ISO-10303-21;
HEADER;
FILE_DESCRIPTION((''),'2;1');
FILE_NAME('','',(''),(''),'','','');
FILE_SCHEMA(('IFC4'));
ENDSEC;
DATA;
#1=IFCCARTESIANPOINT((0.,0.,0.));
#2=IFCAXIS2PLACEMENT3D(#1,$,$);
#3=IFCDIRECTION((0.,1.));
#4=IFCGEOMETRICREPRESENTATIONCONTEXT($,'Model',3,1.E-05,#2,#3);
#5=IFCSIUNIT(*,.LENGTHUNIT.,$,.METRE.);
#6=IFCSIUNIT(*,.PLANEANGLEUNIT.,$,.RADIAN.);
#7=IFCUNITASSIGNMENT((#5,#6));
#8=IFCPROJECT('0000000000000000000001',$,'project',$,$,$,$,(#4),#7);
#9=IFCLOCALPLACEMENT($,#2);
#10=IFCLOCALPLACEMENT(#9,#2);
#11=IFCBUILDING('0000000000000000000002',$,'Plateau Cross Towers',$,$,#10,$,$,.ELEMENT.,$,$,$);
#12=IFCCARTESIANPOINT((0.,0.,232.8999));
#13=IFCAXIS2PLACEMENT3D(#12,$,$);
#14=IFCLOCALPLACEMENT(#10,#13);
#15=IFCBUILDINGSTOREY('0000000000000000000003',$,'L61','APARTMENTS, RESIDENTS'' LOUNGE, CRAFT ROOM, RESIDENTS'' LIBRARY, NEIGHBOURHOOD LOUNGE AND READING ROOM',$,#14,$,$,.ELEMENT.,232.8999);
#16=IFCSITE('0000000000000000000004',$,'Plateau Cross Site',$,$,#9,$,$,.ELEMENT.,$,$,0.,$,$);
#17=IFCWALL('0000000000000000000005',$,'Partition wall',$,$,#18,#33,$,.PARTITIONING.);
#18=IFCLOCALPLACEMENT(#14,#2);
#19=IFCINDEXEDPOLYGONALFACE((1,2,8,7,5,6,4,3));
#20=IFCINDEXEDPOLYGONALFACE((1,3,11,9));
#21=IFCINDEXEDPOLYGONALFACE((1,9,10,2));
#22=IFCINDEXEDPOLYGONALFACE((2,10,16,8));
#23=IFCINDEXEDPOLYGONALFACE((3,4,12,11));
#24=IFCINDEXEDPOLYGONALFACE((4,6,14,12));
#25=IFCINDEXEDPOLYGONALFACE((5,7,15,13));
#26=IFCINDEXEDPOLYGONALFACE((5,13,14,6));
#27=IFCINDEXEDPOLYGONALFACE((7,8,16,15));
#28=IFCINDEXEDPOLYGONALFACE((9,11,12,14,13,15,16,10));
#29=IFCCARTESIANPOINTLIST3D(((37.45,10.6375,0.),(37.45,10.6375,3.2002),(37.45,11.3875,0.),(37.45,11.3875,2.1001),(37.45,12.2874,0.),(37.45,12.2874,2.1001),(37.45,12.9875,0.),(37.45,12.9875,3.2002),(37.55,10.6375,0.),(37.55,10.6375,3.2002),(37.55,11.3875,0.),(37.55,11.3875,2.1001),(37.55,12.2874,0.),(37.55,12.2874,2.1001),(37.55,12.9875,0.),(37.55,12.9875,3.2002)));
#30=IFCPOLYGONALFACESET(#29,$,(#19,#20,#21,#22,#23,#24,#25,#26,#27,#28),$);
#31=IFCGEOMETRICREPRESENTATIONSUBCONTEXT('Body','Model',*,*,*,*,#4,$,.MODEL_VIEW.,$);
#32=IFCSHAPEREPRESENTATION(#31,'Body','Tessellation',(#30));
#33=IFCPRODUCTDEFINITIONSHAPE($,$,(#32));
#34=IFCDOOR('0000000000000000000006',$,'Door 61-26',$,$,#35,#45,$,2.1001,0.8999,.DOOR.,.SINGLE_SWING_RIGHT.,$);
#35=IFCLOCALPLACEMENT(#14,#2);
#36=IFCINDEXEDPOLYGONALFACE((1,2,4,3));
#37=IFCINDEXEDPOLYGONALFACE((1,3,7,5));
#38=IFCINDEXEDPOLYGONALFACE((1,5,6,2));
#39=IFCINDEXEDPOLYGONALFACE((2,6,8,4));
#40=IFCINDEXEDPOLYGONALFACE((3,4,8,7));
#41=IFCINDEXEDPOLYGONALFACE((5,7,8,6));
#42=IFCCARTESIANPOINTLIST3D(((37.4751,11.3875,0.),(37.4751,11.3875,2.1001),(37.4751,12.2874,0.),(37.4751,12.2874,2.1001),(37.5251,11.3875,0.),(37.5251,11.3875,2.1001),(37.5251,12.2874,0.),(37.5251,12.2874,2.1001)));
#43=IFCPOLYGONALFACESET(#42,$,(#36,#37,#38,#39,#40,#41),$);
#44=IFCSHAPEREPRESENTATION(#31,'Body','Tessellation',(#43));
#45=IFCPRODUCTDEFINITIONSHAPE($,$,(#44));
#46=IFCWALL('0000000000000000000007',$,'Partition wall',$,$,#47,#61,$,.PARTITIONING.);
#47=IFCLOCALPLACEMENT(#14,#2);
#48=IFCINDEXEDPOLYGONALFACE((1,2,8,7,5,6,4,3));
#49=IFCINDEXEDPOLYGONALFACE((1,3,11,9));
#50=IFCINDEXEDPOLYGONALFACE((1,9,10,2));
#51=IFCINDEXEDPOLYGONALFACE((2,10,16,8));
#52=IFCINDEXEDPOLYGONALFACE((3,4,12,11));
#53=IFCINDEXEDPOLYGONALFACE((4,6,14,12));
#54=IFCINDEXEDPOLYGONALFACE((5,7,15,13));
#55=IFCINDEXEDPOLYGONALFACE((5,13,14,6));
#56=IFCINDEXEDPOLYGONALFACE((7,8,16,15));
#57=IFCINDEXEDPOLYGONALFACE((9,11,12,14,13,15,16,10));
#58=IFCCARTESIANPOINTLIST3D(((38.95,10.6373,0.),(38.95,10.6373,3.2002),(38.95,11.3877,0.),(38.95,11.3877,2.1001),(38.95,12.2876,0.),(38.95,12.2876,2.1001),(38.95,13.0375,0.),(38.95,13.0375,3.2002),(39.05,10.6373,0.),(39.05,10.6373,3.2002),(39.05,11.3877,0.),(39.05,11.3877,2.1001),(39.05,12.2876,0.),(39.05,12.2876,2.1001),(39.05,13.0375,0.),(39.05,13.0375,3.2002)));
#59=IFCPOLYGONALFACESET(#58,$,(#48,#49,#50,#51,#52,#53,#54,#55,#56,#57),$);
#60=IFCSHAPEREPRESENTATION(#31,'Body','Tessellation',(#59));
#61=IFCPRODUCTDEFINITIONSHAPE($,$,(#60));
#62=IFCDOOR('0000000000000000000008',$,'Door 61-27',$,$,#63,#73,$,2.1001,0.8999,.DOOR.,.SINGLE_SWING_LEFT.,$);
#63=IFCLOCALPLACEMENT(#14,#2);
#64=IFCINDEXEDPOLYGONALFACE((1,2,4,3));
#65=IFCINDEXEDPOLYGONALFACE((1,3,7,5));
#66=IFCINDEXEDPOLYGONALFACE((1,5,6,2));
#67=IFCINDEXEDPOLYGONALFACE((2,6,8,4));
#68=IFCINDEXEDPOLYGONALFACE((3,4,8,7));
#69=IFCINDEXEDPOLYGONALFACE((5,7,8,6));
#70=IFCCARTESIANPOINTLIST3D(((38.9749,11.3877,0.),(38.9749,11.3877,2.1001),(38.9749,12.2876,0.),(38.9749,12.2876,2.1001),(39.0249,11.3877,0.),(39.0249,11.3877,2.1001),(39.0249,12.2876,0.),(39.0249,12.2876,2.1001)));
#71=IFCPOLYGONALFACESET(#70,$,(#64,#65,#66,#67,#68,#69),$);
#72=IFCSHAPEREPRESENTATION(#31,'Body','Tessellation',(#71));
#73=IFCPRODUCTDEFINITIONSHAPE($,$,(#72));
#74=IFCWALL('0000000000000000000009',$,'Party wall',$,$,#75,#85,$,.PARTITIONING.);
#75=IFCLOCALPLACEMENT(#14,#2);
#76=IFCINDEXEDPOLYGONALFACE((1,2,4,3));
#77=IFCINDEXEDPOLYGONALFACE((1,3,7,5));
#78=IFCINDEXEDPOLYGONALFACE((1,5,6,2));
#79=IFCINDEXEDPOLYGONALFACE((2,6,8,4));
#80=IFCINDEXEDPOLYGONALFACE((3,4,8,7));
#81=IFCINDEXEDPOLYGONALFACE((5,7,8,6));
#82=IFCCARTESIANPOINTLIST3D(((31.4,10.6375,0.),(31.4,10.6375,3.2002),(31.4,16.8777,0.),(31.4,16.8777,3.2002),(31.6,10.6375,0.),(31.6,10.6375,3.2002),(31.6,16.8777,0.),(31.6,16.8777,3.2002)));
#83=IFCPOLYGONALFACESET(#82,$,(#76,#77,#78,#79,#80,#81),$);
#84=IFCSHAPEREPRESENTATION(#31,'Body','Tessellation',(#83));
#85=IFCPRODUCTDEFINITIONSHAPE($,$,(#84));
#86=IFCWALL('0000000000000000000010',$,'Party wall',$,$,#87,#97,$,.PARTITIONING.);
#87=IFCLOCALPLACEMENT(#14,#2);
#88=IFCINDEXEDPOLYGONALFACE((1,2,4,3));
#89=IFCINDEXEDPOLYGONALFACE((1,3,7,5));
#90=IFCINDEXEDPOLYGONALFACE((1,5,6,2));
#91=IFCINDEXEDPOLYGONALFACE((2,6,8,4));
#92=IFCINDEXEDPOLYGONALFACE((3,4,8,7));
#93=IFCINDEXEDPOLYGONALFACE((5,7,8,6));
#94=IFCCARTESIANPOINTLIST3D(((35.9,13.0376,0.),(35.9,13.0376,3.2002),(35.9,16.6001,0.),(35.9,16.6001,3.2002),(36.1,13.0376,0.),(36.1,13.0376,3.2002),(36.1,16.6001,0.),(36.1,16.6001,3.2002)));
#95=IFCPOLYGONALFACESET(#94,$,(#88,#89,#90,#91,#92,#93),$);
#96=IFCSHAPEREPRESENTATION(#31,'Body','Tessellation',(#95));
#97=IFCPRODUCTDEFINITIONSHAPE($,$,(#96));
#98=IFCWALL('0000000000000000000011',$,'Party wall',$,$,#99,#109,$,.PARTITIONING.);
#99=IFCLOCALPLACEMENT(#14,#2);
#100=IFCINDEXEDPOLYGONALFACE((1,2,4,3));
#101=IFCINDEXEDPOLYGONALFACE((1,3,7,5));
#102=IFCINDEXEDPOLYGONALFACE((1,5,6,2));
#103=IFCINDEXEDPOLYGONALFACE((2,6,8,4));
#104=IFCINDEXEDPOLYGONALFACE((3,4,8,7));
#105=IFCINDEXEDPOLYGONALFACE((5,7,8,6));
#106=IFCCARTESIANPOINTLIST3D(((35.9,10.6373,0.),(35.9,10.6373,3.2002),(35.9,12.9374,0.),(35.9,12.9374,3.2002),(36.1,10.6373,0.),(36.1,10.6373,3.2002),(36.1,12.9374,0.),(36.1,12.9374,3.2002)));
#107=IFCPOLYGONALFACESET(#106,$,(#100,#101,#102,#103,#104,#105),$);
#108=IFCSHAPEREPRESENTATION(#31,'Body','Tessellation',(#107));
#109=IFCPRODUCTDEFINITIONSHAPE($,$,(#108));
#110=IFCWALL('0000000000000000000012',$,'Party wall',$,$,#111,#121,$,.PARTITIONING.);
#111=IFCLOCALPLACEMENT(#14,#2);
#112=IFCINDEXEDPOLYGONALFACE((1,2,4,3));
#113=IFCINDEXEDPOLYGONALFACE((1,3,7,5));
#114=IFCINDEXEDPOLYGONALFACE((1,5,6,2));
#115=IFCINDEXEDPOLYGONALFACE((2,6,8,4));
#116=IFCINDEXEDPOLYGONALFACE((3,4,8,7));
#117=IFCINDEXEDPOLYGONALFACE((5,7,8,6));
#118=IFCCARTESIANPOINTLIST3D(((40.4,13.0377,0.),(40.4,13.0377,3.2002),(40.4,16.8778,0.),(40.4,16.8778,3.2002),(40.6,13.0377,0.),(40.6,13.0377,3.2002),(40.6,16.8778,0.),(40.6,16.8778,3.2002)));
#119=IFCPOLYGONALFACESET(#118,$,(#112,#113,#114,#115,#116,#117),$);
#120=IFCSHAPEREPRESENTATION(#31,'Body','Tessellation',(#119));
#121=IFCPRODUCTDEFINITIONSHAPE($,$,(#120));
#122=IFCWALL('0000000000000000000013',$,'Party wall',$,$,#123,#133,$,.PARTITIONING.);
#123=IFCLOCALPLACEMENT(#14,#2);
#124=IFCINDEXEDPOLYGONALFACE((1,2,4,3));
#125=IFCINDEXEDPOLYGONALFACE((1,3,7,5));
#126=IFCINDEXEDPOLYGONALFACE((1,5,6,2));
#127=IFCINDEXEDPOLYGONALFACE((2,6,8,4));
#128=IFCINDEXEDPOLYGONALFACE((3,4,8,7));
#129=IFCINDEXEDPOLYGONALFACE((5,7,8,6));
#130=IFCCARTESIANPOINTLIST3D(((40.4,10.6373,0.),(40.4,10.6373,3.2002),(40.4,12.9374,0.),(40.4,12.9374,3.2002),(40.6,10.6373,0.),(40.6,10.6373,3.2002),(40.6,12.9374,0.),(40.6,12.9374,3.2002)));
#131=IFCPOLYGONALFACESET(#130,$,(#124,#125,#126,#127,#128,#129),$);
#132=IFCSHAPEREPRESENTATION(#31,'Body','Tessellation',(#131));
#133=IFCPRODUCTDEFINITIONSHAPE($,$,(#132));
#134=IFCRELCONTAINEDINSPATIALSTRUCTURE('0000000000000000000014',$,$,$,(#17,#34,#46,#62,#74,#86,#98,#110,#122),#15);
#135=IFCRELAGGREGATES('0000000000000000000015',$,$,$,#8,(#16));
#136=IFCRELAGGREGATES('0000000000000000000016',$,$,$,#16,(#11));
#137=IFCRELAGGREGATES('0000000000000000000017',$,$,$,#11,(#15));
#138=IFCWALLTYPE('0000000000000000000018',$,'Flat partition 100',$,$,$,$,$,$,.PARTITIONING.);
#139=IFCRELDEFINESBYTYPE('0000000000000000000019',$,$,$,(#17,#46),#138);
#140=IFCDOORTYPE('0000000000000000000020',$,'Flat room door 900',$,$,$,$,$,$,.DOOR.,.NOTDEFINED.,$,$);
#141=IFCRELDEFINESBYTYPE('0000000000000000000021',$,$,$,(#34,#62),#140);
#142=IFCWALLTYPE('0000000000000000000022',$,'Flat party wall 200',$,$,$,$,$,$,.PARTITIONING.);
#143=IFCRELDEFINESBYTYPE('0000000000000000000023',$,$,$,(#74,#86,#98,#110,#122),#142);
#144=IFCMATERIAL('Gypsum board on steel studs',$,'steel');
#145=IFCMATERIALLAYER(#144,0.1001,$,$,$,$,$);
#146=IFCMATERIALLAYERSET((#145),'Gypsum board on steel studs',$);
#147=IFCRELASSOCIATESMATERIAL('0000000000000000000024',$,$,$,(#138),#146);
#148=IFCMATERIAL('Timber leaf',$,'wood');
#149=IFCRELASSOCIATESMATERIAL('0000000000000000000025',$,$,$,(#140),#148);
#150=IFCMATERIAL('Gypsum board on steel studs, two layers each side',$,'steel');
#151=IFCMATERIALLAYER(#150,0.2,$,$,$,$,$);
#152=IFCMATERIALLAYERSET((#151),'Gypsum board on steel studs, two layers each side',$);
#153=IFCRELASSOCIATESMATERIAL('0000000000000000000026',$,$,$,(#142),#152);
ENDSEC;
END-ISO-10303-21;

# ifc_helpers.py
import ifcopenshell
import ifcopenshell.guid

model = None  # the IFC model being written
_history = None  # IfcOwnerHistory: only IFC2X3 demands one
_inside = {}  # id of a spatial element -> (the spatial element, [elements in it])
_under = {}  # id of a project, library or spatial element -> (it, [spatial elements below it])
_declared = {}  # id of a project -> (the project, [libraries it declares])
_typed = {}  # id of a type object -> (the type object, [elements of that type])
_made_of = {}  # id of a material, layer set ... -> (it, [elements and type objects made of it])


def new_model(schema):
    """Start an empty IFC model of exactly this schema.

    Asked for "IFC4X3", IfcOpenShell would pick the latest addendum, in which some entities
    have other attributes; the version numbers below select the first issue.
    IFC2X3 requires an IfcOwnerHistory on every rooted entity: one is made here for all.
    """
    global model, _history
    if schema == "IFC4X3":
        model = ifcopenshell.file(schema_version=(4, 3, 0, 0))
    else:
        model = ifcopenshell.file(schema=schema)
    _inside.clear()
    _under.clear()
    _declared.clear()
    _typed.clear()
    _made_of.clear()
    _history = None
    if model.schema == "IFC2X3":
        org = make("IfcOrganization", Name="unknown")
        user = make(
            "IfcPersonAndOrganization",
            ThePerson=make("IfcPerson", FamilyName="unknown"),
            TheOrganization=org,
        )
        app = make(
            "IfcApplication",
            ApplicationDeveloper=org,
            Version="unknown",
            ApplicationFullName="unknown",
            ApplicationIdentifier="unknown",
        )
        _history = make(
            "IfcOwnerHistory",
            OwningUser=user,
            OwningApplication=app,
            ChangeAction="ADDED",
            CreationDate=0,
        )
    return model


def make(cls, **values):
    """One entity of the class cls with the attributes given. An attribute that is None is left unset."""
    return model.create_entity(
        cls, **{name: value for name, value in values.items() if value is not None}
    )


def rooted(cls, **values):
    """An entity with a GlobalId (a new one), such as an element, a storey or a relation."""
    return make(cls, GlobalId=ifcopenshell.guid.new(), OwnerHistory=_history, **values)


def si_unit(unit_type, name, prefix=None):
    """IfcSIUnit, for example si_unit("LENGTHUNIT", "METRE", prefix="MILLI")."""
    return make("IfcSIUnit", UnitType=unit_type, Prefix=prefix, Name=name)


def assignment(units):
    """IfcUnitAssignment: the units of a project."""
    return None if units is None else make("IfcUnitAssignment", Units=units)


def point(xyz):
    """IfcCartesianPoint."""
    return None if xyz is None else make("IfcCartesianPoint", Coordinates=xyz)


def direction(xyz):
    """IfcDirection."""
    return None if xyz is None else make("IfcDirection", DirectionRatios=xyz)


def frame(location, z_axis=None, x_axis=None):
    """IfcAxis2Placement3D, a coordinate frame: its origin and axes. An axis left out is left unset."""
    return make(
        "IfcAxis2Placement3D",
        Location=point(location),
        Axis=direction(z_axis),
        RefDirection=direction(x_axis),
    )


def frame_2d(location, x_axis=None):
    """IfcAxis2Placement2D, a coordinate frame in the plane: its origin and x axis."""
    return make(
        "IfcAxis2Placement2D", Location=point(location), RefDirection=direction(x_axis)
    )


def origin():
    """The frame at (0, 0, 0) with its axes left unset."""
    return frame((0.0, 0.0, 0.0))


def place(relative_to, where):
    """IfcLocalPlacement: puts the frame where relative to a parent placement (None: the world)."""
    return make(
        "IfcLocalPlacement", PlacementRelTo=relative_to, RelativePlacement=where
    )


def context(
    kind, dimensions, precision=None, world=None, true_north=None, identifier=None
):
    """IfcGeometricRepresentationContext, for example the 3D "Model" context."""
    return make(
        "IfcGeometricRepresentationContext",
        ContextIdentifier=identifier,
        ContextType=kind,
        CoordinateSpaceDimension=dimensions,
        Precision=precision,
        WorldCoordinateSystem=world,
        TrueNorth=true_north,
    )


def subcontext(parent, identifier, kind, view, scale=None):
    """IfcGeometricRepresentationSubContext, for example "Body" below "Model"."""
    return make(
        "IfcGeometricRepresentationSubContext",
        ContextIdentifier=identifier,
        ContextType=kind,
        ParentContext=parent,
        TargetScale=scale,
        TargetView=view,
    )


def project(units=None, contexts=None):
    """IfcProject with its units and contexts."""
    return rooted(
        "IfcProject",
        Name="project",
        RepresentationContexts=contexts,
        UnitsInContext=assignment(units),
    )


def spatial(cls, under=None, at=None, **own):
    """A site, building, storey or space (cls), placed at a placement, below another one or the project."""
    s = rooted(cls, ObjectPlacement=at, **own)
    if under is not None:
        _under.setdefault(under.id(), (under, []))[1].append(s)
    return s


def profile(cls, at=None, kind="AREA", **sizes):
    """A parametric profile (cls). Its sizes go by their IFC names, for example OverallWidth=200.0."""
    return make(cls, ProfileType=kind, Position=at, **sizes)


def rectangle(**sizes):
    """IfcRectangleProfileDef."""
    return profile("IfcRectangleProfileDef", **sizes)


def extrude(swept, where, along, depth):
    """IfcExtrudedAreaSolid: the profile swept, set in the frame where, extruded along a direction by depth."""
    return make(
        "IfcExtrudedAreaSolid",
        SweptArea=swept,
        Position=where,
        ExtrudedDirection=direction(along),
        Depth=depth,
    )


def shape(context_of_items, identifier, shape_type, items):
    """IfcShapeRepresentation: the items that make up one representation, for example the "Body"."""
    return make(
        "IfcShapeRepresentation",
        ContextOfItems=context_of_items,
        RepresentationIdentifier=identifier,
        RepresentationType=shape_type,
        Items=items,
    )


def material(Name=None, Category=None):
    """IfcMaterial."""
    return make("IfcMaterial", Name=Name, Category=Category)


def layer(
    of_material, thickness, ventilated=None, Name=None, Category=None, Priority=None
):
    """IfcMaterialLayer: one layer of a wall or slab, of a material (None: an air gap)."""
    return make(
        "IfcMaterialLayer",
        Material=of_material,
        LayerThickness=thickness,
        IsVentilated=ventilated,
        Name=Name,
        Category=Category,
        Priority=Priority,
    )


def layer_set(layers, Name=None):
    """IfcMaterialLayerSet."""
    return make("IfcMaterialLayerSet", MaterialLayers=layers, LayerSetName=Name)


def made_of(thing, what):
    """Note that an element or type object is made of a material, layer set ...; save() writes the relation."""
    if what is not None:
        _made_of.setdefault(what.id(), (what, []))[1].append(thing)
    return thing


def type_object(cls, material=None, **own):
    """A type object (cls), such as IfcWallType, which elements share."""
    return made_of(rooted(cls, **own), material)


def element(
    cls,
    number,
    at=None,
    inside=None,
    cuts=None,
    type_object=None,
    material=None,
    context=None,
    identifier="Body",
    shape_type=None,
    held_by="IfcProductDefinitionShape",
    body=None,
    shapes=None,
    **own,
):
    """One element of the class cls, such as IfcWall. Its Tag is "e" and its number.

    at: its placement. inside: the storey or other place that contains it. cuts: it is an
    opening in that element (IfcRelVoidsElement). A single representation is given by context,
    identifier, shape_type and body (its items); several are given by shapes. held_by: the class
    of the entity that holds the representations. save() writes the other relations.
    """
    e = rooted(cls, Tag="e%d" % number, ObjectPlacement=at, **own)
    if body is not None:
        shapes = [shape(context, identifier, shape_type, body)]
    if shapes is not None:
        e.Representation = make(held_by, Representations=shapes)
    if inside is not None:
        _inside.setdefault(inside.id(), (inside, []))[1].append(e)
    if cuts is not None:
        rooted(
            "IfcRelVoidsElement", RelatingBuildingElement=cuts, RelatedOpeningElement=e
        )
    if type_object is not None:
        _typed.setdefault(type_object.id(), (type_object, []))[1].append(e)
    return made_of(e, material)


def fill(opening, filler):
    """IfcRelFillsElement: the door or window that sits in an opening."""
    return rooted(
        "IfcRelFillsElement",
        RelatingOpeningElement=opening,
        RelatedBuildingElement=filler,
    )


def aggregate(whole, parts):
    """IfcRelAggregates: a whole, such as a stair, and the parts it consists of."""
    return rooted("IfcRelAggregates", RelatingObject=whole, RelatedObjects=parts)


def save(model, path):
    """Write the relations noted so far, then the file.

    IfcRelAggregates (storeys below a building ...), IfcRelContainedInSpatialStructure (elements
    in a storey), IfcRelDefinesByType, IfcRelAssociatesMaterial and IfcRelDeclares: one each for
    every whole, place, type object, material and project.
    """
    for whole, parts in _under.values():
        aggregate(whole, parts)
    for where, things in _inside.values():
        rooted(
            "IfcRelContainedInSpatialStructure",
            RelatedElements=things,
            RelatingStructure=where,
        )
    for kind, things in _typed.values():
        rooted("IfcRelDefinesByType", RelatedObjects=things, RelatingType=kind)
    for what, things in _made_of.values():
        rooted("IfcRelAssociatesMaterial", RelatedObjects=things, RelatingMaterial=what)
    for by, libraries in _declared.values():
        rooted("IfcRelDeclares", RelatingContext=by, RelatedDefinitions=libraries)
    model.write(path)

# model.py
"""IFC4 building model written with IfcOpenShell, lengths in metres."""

from ifc_helpers import new_model, si_unit, direction, frame, frame_2d, origin, place, context, subcontext, project, spatial, rectangle, extrude, material, layer, layer_set, type_object, element, fill, save


model = new_model("IFC4")

# Units and contexts
model_context = context("Model", 3, precision=1e-05, world=origin(), true_north=direction((0.0, 1.0)))
body_context = subcontext(model_context, "Body", "Model", "MODEL_VIEW")
ifc_project = project(units=[si_unit("LENGTHUNIT", "METRE"), si_unit("PLANEANGLEUNIT", "RADIAN")], contexts=[model_context])

# Site, building, storey
site_placement = place(None, origin())
site = spatial("IfcSite", under=ifc_project, at=site_placement, Name="Plateau Cross Site", CompositionType="ELEMENT", RefElevation=0.0)
building_placement = place(site_placement, origin())
building = spatial("IfcBuilding", under=site, at=building_placement, Name="Plateau Cross Towers", CompositionType="ELEMENT")
storey_placement = place(building_placement, frame((0.0, 0.0, 232.8999)))
storey = spatial("IfcBuildingStorey", under=building, at=storey_placement, Name="L61", Description="APARTMENTS, RESIDENTS' LOUNGE, CRAFT ROOM, RESIDENTS' LIBRARY, NEIGHBOURHOOD LOUNGE AND READING ROOM", CompositionType="ELEMENT", Elevation=232.8999)

# Shared definitions
ifc_material_1 = material(Name="Gypsum board on steel studs", Category="steel")
ifc_layer_1 = layer(ifc_material_1, 0.1001)
ifc_layer_set_1 = layer_set([ifc_layer_1], Name="Gypsum board on steel studs")
wall_type_1 = type_object("IfcWallType", Name="Flat partition 100", PredefinedType="PARTITIONING", material=ifc_layer_set_1)

# Walls, openings, doors
ifc_material_2 = material(Name="Timber leaf", Category="wood")
door_type = type_object("IfcDoorType", Name="Flat room door 900", OperationType="NOTDEFINED", PredefinedType="DOOR", material=ifc_material_2)
wall_1_placement = place(storey_placement, frame((37.5, 10.6375, 0.0), z_axis=(0.0, 0.0, 1.0), x_axis=(0.0, 1.0, 0.0)))
wall_1 = element("IfcWall", 1, at=wall_1_placement, inside=storey, type_object=wall_type_1, Name="Partition wall", PredefinedType="PARTITIONING", context=body_context, shape_type="SweptSolid", body=[
    extrude(rectangle(XDim=2.3501, YDim=0.1001, at=frame_2d((1.175, 0.0))), origin(), (0.0, 0.0, 1.0), 3.2002),
])
opening_1_placement = place(wall_1_placement, frame((0.75, 0.0, 0.0)))
opening_1 = element("IfcOpeningElement", 2, at=opening_1_placement, cuts=wall_1, PredefinedType="OPENING", context=body_context, shape_type="SweptSolid", body=[
    extrude(rectangle(XDim=0.8999, YDim=2.1001, at=frame_2d((0.45, 1.05))), frame((0.0, 0.0601, 0.0), z_axis=(0.0, -1.0, 0.0), x_axis=(1.0, 0.0, 0.0)), (0.0, 0.0, 1.0), 0.1201),
])
door_1_placement = place(opening_1_placement, origin())
door_1 = element("IfcDoor", 3, at=door_1_placement, inside=storey, type_object=door_type, Name="Door 61-26", OperationType="SINGLE_SWING_RIGHT", OverallHeight=2.1001, OverallWidth=0.8999, PredefinedType="DOOR", context=body_context, shape_type="SweptSolid", body=[
    extrude(rectangle(XDim=0.8999, YDim=2.1001, at=frame_2d((0.45, 1.05))), frame((0.0, 0.0249, 0.0), z_axis=(0.0, -1.0, 0.0), x_axis=(1.0, 0.0, 0.0)), (0.0, 0.0, 1.0), 0.05),
])
fill(opening_1, door_1)
wall_2_placement = place(storey_placement, frame((39.0, 13.0376, 0.0), z_axis=(0.0, 0.0, 1.0), x_axis=(0.0, -1.0, 0.0)))
wall_2 = element("IfcWall", 4, at=wall_2_placement, inside=storey, type_object=wall_type_1, Name="Partition wall", PredefinedType="PARTITIONING", context=body_context, shape_type="SweptSolid", body=[
    extrude(rectangle(XDim=2.4001, YDim=0.1001, at=frame_2d((1.2002, 0.0))), origin(), (0.0, 0.0, 1.0), 3.2002),
])
opening_2_placement = place(wall_2_placement, frame((0.75, 0.0, 0.0)))
opening_2 = element("IfcOpeningElement", 5, at=opening_2_placement, cuts=wall_2, PredefinedType="OPENING", context=body_context, shape_type="SweptSolid", body=[
    extrude(rectangle(XDim=0.8999, YDim=2.1001, at=frame_2d((0.45, 1.05))), frame((0.0, 0.0601, 0.0), z_axis=(0.0, -1.0, 0.0), x_axis=(1.0, 0.0, 0.0)), (0.0, 0.0, 1.0), 0.1201),
])
door_2_placement = place(opening_2_placement, origin())
door_2 = element("IfcDoor", 6, at=door_2_placement, inside=storey, type_object=door_type, Name="Door 61-27", OperationType="SINGLE_SWING_LEFT", OverallHeight=2.1001, OverallWidth=0.8999, PredefinedType="DOOR", context=body_context, shape_type="SweptSolid", body=[
    extrude(rectangle(XDim=0.8999, YDim=2.1001, at=frame_2d((0.45, 1.05))), frame((0.0, 0.0249, 0.0), z_axis=(0.0, -1.0, 0.0), x_axis=(1.0, 0.0, 0.0)), (0.0, 0.0, 1.0), 0.05),
])
fill(opening_2, door_2)

# Walls
ifc_material_3 = material(Name="Gypsum board on steel studs, two layers each side", Category="steel")
ifc_layer_2 = layer(ifc_material_3, 0.2)
ifc_layer_set_2 = layer_set([ifc_layer_2], Name="Gypsum board on steel studs, two layers each side")
wall_type_2 = type_object("IfcWallType", Name="Flat party wall 200", PredefinedType="PARTITIONING", material=ifc_layer_set_2)
wall_3_placement = place(storey_placement, frame((31.5, 10.6375, 0.0), z_axis=(0.0, 0.0, 1.0), x_axis=(0.0, 1.0, 0.0)))
element("IfcWall", 7, at=wall_3_placement, inside=storey, type_object=wall_type_2, Name="Party wall", PredefinedType="PARTITIONING", context=body_context, shape_type="SweptSolid", body=[
    extrude(rectangle(XDim=6.2402, YDim=0.2, at=frame_2d((3.1201, 0.0))), origin(), (0.0, 0.0, 1.0), 3.2002),
])
wall_4_placement = place(storey_placement, frame((36.0, 16.6001, 0.0), z_axis=(0.0, 0.0, 1.0), x_axis=(0.0, -1.0, 0.0)))
element("IfcWall", 8, at=wall_4_placement, inside=storey, type_object=wall_type_2, Name="Party wall", PredefinedType="PARTITIONING", context=body_context, shape_type="SweptSolid", body=[
    extrude(rectangle(XDim=3.5625, YDim=0.2, at=frame_2d((1.7812, 0.0))), origin(), (0.0, 0.0, 1.0), 3.2002),
])
wall_5_placement = place(storey_placement, frame((36.0, 10.6375, 0.0), z_axis=(0.0, 0.0, 1.0), x_axis=(0.0, 1.0, 0.0)))
element("IfcWall", 9, at=wall_5_placement, inside=storey, type_object=wall_type_2, Name="Party wall", PredefinedType="PARTITIONING", context=body_context, shape_type="SweptSolid", body=[
    extrude(rectangle(XDim=2.3, YDim=0.2, at=frame_2d((1.1499, 0.0))), origin(), (0.0, 0.0, 1.0), 3.2002),
])
wall_6_placement = place(storey_placement, frame((40.5, 16.8777, 0.0), z_axis=(0.0, 0.0, 1.0), x_axis=(0.0, -1.0, 0.0)))
element("IfcWall", 10, at=wall_6_placement, inside=storey, type_object=wall_type_2, Name="Party wall", PredefinedType="PARTITIONING", context=body_context, shape_type="SweptSolid", body=[
    extrude(rectangle(XDim=3.8401, YDim=0.2, at=frame_2d((1.9199, 0.0))), origin(), (0.0, 0.0, 1.0), 3.2002),
])
wall_7_placement = place(storey_placement, frame((40.5, 10.6375, 0.0), z_axis=(0.0, 0.0, 1.0), x_axis=(0.0, 1.0, 0.0)))
element("IfcWall", 11, at=wall_7_placement, inside=storey, type_object=wall_type_2, Name="Party wall", PredefinedType="PARTITIONING", context=body_context, shape_type="SweptSolid", body=[
    extrude(rectangle(XDim=2.3, YDim=0.2, at=frame_2d((1.1499, 0.0))), origin(), (0.0, 0.0, 1.0), 3.2002),
])

save(model, "model.ifc")
